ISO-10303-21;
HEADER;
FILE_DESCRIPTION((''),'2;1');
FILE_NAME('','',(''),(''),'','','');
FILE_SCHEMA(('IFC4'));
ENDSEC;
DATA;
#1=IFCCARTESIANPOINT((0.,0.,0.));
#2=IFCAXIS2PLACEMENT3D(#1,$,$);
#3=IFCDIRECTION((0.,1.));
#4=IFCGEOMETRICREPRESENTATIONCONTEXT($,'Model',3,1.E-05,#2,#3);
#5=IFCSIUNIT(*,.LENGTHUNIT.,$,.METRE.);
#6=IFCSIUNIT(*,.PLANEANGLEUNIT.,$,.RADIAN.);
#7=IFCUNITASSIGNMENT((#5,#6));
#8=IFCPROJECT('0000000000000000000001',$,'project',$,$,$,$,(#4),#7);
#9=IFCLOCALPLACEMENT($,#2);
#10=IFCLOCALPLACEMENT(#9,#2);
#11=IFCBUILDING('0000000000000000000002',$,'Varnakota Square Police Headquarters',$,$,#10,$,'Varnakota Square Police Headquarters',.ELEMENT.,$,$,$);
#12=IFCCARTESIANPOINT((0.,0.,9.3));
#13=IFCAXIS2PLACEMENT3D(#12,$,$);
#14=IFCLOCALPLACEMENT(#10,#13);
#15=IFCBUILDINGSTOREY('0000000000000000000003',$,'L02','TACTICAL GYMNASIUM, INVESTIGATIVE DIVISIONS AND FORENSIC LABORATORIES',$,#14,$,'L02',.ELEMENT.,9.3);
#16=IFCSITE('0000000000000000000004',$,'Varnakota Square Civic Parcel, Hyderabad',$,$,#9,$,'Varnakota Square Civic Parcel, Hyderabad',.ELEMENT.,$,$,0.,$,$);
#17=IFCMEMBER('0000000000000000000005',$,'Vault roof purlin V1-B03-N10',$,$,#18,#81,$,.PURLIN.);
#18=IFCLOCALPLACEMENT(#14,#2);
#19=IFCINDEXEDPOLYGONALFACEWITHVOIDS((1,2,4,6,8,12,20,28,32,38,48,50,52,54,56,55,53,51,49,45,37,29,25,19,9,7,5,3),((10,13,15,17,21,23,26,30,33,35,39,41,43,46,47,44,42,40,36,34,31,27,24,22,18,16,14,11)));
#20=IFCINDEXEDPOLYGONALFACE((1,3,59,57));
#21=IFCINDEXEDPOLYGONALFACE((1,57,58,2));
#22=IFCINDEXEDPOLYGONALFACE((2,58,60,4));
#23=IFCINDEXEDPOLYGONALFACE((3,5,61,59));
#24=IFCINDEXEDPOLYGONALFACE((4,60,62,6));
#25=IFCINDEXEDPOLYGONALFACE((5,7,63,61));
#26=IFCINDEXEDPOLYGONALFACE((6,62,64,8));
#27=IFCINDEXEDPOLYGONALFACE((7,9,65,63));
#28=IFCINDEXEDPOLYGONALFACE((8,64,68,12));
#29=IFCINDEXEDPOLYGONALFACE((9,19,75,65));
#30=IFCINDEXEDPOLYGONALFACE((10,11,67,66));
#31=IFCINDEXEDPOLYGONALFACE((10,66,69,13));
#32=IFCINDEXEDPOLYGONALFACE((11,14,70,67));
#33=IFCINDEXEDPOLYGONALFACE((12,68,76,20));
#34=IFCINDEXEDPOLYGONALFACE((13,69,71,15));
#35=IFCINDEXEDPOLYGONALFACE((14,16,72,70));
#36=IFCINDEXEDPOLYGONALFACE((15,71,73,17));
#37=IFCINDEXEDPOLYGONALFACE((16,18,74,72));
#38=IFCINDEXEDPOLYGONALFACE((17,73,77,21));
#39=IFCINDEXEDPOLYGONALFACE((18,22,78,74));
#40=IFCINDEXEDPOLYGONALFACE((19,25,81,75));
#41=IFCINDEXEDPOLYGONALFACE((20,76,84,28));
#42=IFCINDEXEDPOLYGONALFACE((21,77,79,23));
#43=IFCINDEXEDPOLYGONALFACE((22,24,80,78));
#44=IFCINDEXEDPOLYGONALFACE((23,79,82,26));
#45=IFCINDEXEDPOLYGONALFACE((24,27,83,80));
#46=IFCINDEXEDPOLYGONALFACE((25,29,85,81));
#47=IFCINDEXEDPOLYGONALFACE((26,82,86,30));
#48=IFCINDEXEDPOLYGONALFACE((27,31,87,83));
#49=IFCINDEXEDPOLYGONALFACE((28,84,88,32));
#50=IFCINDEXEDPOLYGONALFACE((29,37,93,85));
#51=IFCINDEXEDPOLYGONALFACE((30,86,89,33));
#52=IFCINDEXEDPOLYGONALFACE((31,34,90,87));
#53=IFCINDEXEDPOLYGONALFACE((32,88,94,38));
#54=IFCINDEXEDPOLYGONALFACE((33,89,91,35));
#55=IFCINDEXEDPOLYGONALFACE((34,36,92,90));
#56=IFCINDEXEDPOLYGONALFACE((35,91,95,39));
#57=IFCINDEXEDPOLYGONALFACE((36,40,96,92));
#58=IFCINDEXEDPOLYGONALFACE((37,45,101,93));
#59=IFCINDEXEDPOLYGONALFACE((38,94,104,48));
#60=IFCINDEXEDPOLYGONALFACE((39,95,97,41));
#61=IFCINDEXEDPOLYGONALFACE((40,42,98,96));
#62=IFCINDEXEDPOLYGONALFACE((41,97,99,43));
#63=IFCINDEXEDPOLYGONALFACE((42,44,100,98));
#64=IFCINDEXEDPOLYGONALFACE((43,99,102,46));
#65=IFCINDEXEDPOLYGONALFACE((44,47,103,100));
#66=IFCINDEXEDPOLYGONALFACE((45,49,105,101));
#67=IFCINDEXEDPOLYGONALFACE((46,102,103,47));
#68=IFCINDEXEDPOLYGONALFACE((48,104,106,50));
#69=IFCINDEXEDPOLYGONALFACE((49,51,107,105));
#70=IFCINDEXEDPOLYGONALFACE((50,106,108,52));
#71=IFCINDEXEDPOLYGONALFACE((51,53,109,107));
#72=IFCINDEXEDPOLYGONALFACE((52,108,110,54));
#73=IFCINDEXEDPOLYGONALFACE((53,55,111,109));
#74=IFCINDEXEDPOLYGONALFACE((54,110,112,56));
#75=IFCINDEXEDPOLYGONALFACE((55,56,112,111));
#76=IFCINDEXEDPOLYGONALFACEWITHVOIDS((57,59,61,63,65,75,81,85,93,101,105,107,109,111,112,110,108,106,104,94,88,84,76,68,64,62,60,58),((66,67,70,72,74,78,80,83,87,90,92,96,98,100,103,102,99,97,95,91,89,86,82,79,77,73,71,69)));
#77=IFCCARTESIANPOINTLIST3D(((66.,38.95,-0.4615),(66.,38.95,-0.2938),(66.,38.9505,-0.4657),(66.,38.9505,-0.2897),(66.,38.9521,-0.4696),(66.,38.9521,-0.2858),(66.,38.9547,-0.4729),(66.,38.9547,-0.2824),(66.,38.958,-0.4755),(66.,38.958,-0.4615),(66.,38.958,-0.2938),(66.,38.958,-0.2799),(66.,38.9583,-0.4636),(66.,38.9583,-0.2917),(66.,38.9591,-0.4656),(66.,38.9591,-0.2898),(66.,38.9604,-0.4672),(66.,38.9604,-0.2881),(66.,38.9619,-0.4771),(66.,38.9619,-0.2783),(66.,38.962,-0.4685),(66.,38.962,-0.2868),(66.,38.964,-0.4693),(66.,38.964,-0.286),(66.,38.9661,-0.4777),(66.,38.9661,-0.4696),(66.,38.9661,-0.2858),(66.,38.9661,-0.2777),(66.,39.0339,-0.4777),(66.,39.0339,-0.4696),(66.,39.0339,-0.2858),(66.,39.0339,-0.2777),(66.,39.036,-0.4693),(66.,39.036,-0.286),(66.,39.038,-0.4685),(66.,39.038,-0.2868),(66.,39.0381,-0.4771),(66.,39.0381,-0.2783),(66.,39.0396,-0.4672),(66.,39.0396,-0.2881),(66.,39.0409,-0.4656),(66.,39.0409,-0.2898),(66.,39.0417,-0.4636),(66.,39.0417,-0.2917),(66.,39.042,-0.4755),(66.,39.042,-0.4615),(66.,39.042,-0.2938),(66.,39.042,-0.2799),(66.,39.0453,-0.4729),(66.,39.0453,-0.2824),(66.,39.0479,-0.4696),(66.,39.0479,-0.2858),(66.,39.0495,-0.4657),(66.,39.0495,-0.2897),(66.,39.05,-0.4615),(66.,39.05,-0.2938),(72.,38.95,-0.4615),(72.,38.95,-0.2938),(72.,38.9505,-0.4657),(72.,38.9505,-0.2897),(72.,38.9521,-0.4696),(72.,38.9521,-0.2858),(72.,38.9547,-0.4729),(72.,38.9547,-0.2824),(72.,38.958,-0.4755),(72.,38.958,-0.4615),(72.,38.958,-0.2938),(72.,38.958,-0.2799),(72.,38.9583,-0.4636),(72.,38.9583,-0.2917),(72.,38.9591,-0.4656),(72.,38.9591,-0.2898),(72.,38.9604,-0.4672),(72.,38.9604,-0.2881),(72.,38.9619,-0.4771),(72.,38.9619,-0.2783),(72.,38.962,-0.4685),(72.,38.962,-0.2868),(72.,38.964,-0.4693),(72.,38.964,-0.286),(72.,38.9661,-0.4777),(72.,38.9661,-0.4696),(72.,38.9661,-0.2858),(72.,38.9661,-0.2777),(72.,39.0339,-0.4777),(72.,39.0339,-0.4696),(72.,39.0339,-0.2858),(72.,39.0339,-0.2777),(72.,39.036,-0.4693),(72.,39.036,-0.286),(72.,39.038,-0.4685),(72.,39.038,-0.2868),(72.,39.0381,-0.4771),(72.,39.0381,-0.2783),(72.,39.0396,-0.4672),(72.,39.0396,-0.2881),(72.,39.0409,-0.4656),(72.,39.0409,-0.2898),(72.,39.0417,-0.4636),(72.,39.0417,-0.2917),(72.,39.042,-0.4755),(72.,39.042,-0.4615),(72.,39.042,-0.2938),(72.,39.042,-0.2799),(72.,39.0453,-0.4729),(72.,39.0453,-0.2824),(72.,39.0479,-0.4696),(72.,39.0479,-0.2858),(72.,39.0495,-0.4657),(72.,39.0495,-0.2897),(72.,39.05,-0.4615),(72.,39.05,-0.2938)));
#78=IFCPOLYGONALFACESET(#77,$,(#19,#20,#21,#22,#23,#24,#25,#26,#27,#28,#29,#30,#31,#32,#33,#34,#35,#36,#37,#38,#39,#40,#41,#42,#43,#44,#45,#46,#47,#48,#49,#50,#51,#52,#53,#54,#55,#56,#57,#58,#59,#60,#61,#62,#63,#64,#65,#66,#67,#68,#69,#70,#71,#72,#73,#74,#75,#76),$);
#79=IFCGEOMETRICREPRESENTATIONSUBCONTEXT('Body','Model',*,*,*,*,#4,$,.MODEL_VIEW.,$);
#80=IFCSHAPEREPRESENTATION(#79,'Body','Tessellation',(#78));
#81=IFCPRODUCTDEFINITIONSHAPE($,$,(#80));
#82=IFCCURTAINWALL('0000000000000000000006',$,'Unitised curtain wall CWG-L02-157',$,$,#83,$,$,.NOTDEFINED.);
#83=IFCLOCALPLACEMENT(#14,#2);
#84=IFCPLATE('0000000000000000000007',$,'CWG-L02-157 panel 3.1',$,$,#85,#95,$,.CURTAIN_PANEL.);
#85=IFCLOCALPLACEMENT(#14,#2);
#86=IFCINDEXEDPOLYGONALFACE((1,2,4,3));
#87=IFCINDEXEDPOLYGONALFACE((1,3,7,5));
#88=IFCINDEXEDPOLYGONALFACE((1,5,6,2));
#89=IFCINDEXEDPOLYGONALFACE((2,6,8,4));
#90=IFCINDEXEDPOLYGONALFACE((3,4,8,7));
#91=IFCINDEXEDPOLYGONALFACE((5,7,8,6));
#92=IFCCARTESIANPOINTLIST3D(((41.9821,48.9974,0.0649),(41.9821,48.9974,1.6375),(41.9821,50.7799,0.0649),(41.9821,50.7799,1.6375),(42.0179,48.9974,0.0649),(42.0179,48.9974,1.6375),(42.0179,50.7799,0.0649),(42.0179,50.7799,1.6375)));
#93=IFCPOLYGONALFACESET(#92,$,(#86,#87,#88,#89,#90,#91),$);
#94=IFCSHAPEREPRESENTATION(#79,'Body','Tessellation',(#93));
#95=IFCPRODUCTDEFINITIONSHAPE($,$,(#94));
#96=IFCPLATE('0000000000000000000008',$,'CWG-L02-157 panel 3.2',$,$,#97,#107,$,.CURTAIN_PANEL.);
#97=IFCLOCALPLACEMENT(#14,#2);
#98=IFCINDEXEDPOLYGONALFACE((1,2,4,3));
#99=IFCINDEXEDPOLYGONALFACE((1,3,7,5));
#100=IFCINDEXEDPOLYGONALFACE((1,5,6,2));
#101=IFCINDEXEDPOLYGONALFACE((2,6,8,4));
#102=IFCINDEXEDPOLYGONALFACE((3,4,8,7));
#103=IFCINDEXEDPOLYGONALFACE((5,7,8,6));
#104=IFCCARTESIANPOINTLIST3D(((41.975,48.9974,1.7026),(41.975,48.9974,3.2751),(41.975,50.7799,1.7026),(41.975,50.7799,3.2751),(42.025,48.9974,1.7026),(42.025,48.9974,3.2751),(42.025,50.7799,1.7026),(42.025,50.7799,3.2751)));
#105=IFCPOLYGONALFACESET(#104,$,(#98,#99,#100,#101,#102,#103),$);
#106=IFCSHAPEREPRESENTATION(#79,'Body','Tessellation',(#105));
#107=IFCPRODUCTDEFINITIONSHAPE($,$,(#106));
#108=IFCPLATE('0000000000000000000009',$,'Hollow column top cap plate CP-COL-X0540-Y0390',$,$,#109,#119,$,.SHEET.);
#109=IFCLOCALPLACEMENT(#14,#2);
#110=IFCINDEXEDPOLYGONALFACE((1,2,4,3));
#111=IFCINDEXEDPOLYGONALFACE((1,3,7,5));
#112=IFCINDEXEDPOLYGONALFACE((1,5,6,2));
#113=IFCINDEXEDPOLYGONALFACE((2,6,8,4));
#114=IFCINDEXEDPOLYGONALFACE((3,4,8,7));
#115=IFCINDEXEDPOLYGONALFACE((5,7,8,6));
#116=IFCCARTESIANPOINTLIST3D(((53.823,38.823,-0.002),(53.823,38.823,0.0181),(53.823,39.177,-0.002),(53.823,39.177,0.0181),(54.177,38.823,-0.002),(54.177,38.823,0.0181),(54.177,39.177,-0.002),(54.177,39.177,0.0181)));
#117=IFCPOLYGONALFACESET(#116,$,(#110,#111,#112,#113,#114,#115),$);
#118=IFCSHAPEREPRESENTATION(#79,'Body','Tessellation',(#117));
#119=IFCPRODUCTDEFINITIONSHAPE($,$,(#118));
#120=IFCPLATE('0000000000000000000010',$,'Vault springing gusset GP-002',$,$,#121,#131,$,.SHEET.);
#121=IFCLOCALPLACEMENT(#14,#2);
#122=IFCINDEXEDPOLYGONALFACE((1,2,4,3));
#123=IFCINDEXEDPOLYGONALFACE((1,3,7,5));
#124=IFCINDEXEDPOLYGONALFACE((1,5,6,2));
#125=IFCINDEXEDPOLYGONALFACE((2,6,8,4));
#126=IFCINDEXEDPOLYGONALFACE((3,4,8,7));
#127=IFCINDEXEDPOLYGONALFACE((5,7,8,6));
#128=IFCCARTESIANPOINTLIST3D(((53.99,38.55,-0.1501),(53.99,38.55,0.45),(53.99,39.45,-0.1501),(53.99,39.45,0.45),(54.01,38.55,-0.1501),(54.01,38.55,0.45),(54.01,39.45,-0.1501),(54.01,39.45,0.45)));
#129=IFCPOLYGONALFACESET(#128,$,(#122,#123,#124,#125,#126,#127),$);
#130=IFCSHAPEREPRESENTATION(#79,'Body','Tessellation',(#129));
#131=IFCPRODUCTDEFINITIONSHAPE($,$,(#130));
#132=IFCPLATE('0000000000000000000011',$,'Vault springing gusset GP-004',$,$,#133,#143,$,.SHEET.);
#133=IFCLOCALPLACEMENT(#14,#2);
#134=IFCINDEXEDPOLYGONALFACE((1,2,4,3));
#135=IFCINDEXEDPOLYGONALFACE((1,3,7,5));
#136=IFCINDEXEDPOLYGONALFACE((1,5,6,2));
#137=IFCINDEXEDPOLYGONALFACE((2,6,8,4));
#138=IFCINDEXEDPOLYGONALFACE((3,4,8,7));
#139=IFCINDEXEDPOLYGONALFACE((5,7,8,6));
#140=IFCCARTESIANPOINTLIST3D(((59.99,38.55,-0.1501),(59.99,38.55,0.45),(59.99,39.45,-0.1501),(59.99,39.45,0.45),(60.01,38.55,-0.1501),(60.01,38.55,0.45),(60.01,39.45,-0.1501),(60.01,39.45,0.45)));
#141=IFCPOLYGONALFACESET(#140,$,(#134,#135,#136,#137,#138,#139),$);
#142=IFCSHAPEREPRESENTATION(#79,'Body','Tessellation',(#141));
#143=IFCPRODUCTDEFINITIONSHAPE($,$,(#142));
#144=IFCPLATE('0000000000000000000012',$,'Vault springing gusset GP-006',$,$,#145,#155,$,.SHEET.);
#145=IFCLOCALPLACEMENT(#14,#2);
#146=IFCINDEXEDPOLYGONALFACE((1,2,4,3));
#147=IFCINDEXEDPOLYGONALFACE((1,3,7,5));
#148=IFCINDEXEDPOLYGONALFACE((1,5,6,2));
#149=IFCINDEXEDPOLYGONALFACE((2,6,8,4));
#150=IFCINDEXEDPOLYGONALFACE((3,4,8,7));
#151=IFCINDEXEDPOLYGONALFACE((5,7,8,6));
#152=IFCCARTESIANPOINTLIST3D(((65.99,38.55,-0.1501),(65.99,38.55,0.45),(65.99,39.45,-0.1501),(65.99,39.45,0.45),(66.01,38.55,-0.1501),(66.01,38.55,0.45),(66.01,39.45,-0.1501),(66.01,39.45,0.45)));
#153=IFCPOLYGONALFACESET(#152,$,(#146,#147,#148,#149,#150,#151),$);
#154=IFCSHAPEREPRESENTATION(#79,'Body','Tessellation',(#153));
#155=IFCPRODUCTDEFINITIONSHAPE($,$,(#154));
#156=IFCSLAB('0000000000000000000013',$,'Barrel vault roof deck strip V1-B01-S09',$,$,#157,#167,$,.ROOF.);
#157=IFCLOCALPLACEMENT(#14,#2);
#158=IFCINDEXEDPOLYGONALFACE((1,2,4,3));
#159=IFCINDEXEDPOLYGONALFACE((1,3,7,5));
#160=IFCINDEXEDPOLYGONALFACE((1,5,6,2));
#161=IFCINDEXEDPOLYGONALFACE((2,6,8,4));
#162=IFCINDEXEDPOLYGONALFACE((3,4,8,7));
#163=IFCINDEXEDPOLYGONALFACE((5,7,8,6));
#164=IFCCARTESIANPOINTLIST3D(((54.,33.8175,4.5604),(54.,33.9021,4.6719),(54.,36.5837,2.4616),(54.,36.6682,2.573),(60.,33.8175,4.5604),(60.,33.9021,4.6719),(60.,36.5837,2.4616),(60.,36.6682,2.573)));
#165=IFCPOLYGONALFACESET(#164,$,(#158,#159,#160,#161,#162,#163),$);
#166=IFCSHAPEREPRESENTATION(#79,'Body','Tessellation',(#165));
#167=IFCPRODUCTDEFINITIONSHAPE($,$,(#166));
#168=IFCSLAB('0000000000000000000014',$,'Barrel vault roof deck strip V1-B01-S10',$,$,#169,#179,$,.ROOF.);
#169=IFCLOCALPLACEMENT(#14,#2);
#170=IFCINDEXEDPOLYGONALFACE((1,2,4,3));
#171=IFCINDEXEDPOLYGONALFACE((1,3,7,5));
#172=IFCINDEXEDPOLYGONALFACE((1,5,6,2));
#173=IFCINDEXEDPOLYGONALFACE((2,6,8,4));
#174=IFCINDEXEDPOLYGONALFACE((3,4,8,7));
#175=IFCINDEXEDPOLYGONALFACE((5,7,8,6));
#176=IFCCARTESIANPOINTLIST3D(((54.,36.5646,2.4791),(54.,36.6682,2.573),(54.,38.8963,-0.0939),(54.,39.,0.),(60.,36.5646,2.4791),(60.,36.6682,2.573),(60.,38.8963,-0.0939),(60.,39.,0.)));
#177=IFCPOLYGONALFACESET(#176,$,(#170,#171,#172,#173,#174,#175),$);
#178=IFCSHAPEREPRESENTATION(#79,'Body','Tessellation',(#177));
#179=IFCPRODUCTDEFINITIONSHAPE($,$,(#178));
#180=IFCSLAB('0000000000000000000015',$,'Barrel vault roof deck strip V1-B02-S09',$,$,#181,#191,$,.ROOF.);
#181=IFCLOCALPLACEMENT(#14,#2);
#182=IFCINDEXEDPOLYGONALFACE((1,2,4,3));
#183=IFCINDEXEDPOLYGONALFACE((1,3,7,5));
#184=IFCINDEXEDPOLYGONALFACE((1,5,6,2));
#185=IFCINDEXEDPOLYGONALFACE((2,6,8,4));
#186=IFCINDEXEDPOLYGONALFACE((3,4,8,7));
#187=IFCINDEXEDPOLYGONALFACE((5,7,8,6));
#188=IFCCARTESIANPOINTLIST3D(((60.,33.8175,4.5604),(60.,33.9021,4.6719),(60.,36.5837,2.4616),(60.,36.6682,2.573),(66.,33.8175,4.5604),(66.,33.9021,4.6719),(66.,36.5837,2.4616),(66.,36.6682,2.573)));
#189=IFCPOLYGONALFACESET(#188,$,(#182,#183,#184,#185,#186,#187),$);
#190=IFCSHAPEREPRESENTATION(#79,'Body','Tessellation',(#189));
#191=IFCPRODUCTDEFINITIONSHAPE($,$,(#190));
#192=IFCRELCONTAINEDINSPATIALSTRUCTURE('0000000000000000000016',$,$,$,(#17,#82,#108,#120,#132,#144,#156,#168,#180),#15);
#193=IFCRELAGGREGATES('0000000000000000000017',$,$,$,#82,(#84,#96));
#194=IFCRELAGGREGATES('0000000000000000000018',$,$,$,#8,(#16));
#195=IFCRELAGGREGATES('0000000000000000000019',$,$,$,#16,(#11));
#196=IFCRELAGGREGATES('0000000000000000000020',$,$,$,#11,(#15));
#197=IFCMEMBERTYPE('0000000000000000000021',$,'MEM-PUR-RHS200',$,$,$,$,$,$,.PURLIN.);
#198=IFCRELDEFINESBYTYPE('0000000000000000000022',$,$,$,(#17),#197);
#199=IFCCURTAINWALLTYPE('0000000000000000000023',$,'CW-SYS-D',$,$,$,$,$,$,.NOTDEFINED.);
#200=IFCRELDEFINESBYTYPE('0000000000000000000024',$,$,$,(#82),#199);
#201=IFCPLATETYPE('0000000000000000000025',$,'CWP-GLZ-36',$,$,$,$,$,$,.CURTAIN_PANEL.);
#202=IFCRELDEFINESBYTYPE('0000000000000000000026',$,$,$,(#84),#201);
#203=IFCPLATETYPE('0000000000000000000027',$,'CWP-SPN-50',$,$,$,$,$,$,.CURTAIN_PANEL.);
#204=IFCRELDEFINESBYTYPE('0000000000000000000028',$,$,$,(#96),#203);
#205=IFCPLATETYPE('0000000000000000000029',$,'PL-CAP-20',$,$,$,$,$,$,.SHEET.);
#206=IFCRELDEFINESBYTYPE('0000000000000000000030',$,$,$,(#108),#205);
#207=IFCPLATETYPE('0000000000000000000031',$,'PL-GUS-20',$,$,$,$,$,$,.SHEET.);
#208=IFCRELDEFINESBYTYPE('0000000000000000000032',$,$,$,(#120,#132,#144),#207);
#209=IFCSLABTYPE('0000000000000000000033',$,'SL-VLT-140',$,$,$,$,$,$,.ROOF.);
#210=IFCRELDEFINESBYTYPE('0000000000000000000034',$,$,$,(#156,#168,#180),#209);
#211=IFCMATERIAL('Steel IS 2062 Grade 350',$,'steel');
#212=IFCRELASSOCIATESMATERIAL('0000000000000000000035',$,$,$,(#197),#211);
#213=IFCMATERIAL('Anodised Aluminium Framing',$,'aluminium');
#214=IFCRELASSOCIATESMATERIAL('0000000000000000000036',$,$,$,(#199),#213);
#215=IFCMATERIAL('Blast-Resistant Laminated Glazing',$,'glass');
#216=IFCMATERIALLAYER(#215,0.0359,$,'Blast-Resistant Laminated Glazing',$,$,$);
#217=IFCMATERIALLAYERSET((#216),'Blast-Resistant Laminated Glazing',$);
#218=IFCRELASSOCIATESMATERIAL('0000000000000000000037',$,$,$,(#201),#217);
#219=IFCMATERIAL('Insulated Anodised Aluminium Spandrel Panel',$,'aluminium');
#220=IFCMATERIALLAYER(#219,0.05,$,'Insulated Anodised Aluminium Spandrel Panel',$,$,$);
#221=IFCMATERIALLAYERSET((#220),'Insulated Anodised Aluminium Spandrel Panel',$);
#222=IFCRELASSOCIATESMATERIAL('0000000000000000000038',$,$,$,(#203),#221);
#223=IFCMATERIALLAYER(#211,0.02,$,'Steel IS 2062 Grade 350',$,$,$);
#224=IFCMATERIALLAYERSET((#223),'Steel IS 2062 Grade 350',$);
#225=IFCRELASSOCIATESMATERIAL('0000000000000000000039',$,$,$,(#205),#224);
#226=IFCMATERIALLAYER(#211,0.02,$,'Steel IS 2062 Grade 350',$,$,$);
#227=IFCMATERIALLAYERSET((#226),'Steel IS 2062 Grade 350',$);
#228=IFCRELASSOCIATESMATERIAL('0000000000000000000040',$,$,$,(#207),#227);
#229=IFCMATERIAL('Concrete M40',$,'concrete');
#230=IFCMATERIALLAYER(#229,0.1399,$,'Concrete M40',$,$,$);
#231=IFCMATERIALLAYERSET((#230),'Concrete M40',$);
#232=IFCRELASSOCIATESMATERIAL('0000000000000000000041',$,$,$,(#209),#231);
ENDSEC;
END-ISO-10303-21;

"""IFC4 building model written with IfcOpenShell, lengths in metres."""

from ifc_helpers import new_model, si_unit, direction, frame, origin, origin_2d, place, context, subcontext, project, spatial, polyline, rectangle, hollow_rectangle, outline, extrude, material, layer, layer_set, material_profile, profile_set, type_object, element, aggregate, save


model = new_model("IFC4")

# Units and contexts
model_context = context("Model", 3, precision=1e-05, world=origin(), true_north=direction((0.0, 1.0)))
body_context = subcontext(model_context, "Body", "Model", "MODEL_VIEW")
ifc_project = project(units=[si_unit("LENGTHUNIT", "METRE"), si_unit("PLANEANGLEUNIT", "RADIAN")], contexts=[model_context])

# Site, building, storey
site_placement = place(None, origin())
site = spatial("IfcSite", under=ifc_project, at=site_placement, Name="Varnakota Square Civic Parcel, Hyderabad", LongName="Varnakota Square Civic Parcel, Hyderabad", CompositionType="ELEMENT", RefElevation=0.0)
building_placement = place(site_placement, origin())
building = spatial("IfcBuilding", under=site, at=building_placement, Name="Varnakota Square Police Headquarters", LongName="Varnakota Square Police Headquarters", CompositionType="ELEMENT")
storey_placement = place(building_placement, frame((0.0, 0.0, 9.3)))
storey = spatial("IfcBuildingStorey", under=building, at=storey_placement, Name="L02", Description="TACTICAL GYMNASIUM, INVESTIGATIVE DIVISIONS AND FORENSIC LABORATORIES", LongName="L02", CompositionType="ELEMENT", Elevation=9.3)

# Shared definitions
ifc_material_1 = material(Name="Steel IS 2062 Grade 350", Category="steel")

# Member
ifc_material_profile_1 = material_profile(ifc_material_1, hollow_rectangle(XDim=0.1001, YDim=0.2, WallThickness=0.0081, InnerFilletRadius=0.0081, OuterFilletRadius=0.0161, at=origin_2d()), Name="RHS 200x100x8")
ifc_profile_set_1 = profile_set([ifc_material_profile_1], Name="Steel IS 2062 Grade 350")
member_type_1 = type_object("IfcMemberType", Name="MEM-PUR-RHS200", PredefinedType="PURLIN", material=ifc_profile_set_1)
for number, where, z_axis, x_axis, name in (
    (1, (66.0, 39.0, -0.3777), (1.0, 0.0, 0.0), (0.0, 1.0, 0.0), "Vault roof purlin V1-B03-N10"),
):
    element("IfcMember", number, at=place(storey_placement, frame(where, z_axis=z_axis, x_axis=x_axis)), inside=storey, type_object=member_type_1, Name=name, PredefinedType="PURLIN", context=body_context, shape_type="SweptSolid", body=[
        extrude(hollow_rectangle(XDim=0.1001, YDim=0.2, WallThickness=0.0081, InnerFilletRadius=0.0081, OuterFilletRadius=0.0161, at=origin_2d()), origin(), (0.0, 0.0, 1.0), 6.0),
    ])

# Curtain wall, plates
ifc_material_2 = material(Name="Anodised Aluminium Framing", Category="aluminium")
curtain_wall_type = type_object("IfcCurtainWallType", Name="CW-SYS-D", PredefinedType="NOTDEFINED", material=ifc_material_2)
curtain_wall_placement = place(storey_placement, origin())
curtain_wall = element("IfcCurtainWall", 2, at=curtain_wall_placement, inside=storey, type_object=curtain_wall_type, Name="Unitised curtain wall CWG-L02-157", PredefinedType="NOTDEFINED")
ifc_material_3 = material(Name="Blast-Resistant Laminated Glazing", Category="glass")
ifc_layer_1 = layer(ifc_material_3, 0.0359, Name="Blast-Resistant Laminated Glazing")
ifc_layer_set_1 = layer_set([ifc_layer_1], Name="Blast-Resistant Laminated Glazing")
plate_type_1 = type_object("IfcPlateType", Name="CWP-GLZ-36", PredefinedType="CURTAIN_PANEL", material=ifc_layer_set_1)
plate_1_placement = place(storey_placement, frame((42.0, 49.8887, 0.0649), z_axis=(0.0, 0.0, 1.0), x_axis=(0.0, 1.0, 0.0)))
plate_1 = element("IfcPlate", 3, at=plate_1_placement, type_object=plate_type_1, Name="CWG-L02-157 panel 3.1", PredefinedType="CURTAIN_PANEL", context=body_context, shape_type="SweptSolid", body=[
    extrude(rectangle(XDim=1.7825, YDim=0.0359, at=origin_2d()), origin(), (0.0, 0.0, 1.0), 1.5725),
])
ifc_material_4 = material(Name="Insulated Anodised Aluminium Spandrel Panel", Category="aluminium")
ifc_layer_2 = layer(ifc_material_4, 0.05, Name="Insulated Anodised Aluminium Spandrel Panel")
ifc_layer_set_2 = layer_set([ifc_layer_2], Name="Insulated Anodised Aluminium Spandrel Panel")
plate_type_2 = type_object("IfcPlateType", Name="CWP-SPN-50", PredefinedType="CURTAIN_PANEL", material=ifc_layer_set_2)
plate_2_placement = place(storey_placement, frame((42.0, 49.8887, 1.7026), z_axis=(0.0, 0.0, 1.0), x_axis=(0.0, 1.0, 0.0)))
plate_2 = element("IfcPlate", 4, at=plate_2_placement, type_object=plate_type_2, Name="CWG-L02-157 panel 3.2", PredefinedType="CURTAIN_PANEL", context=body_context, shape_type="SweptSolid", body=[
    extrude(rectangle(XDim=1.7825, YDim=0.05, at=origin_2d()), origin(), (0.0, 0.0, 1.0), 1.5725),
])
aggregate(curtain_wall, [plate_1, plate_2])

# Plates
ifc_layer_3 = layer(ifc_material_1, 0.02, Name="Steel IS 2062 Grade 350")
ifc_layer_set_3 = layer_set([ifc_layer_3], Name="Steel IS 2062 Grade 350")
plate_type_3 = type_object("IfcPlateType", Name="PL-CAP-20", PredefinedType="SHEET", material=ifc_layer_set_3)
plate_3_placement = place(storey_placement, frame((54.0, 39.0, -0.002), z_axis=(0.0, 0.0, 1.0), x_axis=(1.0, 0.0, 0.0)))
element("IfcPlate", 5, at=plate_3_placement, inside=storey, type_object=plate_type_3, Name="Hollow column top cap plate CP-COL-X0540-Y0390", PredefinedType="SHEET", context=body_context, shape_type="SweptSolid", body=[
    extrude(rectangle(XDim=0.354, YDim=0.354, at=origin_2d()), origin(), (0.0, 0.0, 1.0), 0.02),
])
ifc_layer_4 = layer(ifc_material_1, 0.02, Name="Steel IS 2062 Grade 350")
ifc_layer_set_4 = layer_set([ifc_layer_4], Name="Steel IS 2062 Grade 350")
plate_type_4 = type_object("IfcPlateType", Name="PL-GUS-20", PredefinedType="SHEET", material=ifc_layer_set_4)
for number, where, z_axis, x_axis, name in (
    (6, (54.0, 39.0, -0.1501), (0.0, 0.0, 1.0), (1.0, 0.0, 0.0), "Vault springing gusset GP-002"),
    (7, (60.0, 39.0, -0.1501), (0.0, 0.0, 1.0), (1.0, 0.0, 0.0), "Vault springing gusset GP-004"),
    (8, (66.0, 39.0, -0.1501), (0.0, 0.0, 1.0), (1.0, 0.0, 0.0), "Vault springing gusset GP-006"),
):
    element("IfcPlate", number, at=place(storey_placement, frame(where, z_axis=z_axis, x_axis=x_axis)), inside=storey, type_object=plate_type_4, Name=name, PredefinedType="SHEET", context=body_context, shape_type="SweptSolid", body=[
        extrude(rectangle(XDim=0.02, YDim=0.8999, at=origin_2d()), origin(), (0.0, 0.0, 1.0), 0.6001),
    ])

# Slabs
ifc_material_5 = material(Name="Concrete M40", Category="concrete")
ifc_layer_5 = layer(ifc_material_5, 0.1399, Name="Concrete M40")
ifc_layer_set_5 = layer_set([ifc_layer_5], Name="Concrete M40")
slab_type = type_object("IfcSlabType", Name="SL-VLT-140", PredefinedType="ROOF", material=ifc_layer_set_5)
slab_1_placement = place(storey_placement, frame((54.0, 33.9021, 4.6719), z_axis=(0.0, 0.604468, 0.796629), x_axis=(1.0, 0.0, 0.0)))
element("IfcSlab", 9, at=slab_1_placement, inside=storey, type_object=slab_type, Name="Barrel vault roof deck strip V1-B01-S09", PredefinedType="ROOF", context=body_context, shape_type="SweptSolid", body=[
    extrude(outline(polyline([(0.0, 0.0), (6.0, 0.0), (6.0, 3.4723), (0.0, 3.4723), (0.0, 0.0)])), origin(), (0.0, 0.0, -1.0), 0.1399),
])
slab_2_placement = place(storey_placement, frame((54.0, 36.6682, 2.573), z_axis=(0.0, 0.740986, 0.671521), x_axis=(1.0, 0.0, 0.0)))
element("IfcSlab", 10, at=slab_2_placement, inside=storey, type_object=slab_type, Name="Barrel vault roof deck strip V1-B01-S10", PredefinedType="ROOF", context=body_context, shape_type="SweptSolid", body=[
    extrude(outline(polyline([(0.0, 0.0), (6.0, 0.0), (6.0, 3.4724), (0.0, 3.4724), (0.0, 0.0)])), origin(), (0.0, 0.0, -1.0), 0.1399),
])
slab_3_placement = place(storey_placement, frame((60.0, 33.9021, 4.6719), z_axis=(0.0, 0.604468, 0.796629), x_axis=(1.0, 0.0, 0.0)))
element("IfcSlab", 11, at=slab_3_placement, inside=storey, type_object=slab_type, Name="Barrel vault roof deck strip V1-B02-S09", PredefinedType="ROOF", context=body_context, shape_type="SweptSolid", body=[
    extrude(outline(polyline([(0.0, 0.0), (6.0, 0.0), (6.0, 3.4723), (0.0, 3.4723), (0.0, 0.0)])), origin(), (0.0, 0.0, -1.0), 0.1399),
])

save(model, "model.ifc")
